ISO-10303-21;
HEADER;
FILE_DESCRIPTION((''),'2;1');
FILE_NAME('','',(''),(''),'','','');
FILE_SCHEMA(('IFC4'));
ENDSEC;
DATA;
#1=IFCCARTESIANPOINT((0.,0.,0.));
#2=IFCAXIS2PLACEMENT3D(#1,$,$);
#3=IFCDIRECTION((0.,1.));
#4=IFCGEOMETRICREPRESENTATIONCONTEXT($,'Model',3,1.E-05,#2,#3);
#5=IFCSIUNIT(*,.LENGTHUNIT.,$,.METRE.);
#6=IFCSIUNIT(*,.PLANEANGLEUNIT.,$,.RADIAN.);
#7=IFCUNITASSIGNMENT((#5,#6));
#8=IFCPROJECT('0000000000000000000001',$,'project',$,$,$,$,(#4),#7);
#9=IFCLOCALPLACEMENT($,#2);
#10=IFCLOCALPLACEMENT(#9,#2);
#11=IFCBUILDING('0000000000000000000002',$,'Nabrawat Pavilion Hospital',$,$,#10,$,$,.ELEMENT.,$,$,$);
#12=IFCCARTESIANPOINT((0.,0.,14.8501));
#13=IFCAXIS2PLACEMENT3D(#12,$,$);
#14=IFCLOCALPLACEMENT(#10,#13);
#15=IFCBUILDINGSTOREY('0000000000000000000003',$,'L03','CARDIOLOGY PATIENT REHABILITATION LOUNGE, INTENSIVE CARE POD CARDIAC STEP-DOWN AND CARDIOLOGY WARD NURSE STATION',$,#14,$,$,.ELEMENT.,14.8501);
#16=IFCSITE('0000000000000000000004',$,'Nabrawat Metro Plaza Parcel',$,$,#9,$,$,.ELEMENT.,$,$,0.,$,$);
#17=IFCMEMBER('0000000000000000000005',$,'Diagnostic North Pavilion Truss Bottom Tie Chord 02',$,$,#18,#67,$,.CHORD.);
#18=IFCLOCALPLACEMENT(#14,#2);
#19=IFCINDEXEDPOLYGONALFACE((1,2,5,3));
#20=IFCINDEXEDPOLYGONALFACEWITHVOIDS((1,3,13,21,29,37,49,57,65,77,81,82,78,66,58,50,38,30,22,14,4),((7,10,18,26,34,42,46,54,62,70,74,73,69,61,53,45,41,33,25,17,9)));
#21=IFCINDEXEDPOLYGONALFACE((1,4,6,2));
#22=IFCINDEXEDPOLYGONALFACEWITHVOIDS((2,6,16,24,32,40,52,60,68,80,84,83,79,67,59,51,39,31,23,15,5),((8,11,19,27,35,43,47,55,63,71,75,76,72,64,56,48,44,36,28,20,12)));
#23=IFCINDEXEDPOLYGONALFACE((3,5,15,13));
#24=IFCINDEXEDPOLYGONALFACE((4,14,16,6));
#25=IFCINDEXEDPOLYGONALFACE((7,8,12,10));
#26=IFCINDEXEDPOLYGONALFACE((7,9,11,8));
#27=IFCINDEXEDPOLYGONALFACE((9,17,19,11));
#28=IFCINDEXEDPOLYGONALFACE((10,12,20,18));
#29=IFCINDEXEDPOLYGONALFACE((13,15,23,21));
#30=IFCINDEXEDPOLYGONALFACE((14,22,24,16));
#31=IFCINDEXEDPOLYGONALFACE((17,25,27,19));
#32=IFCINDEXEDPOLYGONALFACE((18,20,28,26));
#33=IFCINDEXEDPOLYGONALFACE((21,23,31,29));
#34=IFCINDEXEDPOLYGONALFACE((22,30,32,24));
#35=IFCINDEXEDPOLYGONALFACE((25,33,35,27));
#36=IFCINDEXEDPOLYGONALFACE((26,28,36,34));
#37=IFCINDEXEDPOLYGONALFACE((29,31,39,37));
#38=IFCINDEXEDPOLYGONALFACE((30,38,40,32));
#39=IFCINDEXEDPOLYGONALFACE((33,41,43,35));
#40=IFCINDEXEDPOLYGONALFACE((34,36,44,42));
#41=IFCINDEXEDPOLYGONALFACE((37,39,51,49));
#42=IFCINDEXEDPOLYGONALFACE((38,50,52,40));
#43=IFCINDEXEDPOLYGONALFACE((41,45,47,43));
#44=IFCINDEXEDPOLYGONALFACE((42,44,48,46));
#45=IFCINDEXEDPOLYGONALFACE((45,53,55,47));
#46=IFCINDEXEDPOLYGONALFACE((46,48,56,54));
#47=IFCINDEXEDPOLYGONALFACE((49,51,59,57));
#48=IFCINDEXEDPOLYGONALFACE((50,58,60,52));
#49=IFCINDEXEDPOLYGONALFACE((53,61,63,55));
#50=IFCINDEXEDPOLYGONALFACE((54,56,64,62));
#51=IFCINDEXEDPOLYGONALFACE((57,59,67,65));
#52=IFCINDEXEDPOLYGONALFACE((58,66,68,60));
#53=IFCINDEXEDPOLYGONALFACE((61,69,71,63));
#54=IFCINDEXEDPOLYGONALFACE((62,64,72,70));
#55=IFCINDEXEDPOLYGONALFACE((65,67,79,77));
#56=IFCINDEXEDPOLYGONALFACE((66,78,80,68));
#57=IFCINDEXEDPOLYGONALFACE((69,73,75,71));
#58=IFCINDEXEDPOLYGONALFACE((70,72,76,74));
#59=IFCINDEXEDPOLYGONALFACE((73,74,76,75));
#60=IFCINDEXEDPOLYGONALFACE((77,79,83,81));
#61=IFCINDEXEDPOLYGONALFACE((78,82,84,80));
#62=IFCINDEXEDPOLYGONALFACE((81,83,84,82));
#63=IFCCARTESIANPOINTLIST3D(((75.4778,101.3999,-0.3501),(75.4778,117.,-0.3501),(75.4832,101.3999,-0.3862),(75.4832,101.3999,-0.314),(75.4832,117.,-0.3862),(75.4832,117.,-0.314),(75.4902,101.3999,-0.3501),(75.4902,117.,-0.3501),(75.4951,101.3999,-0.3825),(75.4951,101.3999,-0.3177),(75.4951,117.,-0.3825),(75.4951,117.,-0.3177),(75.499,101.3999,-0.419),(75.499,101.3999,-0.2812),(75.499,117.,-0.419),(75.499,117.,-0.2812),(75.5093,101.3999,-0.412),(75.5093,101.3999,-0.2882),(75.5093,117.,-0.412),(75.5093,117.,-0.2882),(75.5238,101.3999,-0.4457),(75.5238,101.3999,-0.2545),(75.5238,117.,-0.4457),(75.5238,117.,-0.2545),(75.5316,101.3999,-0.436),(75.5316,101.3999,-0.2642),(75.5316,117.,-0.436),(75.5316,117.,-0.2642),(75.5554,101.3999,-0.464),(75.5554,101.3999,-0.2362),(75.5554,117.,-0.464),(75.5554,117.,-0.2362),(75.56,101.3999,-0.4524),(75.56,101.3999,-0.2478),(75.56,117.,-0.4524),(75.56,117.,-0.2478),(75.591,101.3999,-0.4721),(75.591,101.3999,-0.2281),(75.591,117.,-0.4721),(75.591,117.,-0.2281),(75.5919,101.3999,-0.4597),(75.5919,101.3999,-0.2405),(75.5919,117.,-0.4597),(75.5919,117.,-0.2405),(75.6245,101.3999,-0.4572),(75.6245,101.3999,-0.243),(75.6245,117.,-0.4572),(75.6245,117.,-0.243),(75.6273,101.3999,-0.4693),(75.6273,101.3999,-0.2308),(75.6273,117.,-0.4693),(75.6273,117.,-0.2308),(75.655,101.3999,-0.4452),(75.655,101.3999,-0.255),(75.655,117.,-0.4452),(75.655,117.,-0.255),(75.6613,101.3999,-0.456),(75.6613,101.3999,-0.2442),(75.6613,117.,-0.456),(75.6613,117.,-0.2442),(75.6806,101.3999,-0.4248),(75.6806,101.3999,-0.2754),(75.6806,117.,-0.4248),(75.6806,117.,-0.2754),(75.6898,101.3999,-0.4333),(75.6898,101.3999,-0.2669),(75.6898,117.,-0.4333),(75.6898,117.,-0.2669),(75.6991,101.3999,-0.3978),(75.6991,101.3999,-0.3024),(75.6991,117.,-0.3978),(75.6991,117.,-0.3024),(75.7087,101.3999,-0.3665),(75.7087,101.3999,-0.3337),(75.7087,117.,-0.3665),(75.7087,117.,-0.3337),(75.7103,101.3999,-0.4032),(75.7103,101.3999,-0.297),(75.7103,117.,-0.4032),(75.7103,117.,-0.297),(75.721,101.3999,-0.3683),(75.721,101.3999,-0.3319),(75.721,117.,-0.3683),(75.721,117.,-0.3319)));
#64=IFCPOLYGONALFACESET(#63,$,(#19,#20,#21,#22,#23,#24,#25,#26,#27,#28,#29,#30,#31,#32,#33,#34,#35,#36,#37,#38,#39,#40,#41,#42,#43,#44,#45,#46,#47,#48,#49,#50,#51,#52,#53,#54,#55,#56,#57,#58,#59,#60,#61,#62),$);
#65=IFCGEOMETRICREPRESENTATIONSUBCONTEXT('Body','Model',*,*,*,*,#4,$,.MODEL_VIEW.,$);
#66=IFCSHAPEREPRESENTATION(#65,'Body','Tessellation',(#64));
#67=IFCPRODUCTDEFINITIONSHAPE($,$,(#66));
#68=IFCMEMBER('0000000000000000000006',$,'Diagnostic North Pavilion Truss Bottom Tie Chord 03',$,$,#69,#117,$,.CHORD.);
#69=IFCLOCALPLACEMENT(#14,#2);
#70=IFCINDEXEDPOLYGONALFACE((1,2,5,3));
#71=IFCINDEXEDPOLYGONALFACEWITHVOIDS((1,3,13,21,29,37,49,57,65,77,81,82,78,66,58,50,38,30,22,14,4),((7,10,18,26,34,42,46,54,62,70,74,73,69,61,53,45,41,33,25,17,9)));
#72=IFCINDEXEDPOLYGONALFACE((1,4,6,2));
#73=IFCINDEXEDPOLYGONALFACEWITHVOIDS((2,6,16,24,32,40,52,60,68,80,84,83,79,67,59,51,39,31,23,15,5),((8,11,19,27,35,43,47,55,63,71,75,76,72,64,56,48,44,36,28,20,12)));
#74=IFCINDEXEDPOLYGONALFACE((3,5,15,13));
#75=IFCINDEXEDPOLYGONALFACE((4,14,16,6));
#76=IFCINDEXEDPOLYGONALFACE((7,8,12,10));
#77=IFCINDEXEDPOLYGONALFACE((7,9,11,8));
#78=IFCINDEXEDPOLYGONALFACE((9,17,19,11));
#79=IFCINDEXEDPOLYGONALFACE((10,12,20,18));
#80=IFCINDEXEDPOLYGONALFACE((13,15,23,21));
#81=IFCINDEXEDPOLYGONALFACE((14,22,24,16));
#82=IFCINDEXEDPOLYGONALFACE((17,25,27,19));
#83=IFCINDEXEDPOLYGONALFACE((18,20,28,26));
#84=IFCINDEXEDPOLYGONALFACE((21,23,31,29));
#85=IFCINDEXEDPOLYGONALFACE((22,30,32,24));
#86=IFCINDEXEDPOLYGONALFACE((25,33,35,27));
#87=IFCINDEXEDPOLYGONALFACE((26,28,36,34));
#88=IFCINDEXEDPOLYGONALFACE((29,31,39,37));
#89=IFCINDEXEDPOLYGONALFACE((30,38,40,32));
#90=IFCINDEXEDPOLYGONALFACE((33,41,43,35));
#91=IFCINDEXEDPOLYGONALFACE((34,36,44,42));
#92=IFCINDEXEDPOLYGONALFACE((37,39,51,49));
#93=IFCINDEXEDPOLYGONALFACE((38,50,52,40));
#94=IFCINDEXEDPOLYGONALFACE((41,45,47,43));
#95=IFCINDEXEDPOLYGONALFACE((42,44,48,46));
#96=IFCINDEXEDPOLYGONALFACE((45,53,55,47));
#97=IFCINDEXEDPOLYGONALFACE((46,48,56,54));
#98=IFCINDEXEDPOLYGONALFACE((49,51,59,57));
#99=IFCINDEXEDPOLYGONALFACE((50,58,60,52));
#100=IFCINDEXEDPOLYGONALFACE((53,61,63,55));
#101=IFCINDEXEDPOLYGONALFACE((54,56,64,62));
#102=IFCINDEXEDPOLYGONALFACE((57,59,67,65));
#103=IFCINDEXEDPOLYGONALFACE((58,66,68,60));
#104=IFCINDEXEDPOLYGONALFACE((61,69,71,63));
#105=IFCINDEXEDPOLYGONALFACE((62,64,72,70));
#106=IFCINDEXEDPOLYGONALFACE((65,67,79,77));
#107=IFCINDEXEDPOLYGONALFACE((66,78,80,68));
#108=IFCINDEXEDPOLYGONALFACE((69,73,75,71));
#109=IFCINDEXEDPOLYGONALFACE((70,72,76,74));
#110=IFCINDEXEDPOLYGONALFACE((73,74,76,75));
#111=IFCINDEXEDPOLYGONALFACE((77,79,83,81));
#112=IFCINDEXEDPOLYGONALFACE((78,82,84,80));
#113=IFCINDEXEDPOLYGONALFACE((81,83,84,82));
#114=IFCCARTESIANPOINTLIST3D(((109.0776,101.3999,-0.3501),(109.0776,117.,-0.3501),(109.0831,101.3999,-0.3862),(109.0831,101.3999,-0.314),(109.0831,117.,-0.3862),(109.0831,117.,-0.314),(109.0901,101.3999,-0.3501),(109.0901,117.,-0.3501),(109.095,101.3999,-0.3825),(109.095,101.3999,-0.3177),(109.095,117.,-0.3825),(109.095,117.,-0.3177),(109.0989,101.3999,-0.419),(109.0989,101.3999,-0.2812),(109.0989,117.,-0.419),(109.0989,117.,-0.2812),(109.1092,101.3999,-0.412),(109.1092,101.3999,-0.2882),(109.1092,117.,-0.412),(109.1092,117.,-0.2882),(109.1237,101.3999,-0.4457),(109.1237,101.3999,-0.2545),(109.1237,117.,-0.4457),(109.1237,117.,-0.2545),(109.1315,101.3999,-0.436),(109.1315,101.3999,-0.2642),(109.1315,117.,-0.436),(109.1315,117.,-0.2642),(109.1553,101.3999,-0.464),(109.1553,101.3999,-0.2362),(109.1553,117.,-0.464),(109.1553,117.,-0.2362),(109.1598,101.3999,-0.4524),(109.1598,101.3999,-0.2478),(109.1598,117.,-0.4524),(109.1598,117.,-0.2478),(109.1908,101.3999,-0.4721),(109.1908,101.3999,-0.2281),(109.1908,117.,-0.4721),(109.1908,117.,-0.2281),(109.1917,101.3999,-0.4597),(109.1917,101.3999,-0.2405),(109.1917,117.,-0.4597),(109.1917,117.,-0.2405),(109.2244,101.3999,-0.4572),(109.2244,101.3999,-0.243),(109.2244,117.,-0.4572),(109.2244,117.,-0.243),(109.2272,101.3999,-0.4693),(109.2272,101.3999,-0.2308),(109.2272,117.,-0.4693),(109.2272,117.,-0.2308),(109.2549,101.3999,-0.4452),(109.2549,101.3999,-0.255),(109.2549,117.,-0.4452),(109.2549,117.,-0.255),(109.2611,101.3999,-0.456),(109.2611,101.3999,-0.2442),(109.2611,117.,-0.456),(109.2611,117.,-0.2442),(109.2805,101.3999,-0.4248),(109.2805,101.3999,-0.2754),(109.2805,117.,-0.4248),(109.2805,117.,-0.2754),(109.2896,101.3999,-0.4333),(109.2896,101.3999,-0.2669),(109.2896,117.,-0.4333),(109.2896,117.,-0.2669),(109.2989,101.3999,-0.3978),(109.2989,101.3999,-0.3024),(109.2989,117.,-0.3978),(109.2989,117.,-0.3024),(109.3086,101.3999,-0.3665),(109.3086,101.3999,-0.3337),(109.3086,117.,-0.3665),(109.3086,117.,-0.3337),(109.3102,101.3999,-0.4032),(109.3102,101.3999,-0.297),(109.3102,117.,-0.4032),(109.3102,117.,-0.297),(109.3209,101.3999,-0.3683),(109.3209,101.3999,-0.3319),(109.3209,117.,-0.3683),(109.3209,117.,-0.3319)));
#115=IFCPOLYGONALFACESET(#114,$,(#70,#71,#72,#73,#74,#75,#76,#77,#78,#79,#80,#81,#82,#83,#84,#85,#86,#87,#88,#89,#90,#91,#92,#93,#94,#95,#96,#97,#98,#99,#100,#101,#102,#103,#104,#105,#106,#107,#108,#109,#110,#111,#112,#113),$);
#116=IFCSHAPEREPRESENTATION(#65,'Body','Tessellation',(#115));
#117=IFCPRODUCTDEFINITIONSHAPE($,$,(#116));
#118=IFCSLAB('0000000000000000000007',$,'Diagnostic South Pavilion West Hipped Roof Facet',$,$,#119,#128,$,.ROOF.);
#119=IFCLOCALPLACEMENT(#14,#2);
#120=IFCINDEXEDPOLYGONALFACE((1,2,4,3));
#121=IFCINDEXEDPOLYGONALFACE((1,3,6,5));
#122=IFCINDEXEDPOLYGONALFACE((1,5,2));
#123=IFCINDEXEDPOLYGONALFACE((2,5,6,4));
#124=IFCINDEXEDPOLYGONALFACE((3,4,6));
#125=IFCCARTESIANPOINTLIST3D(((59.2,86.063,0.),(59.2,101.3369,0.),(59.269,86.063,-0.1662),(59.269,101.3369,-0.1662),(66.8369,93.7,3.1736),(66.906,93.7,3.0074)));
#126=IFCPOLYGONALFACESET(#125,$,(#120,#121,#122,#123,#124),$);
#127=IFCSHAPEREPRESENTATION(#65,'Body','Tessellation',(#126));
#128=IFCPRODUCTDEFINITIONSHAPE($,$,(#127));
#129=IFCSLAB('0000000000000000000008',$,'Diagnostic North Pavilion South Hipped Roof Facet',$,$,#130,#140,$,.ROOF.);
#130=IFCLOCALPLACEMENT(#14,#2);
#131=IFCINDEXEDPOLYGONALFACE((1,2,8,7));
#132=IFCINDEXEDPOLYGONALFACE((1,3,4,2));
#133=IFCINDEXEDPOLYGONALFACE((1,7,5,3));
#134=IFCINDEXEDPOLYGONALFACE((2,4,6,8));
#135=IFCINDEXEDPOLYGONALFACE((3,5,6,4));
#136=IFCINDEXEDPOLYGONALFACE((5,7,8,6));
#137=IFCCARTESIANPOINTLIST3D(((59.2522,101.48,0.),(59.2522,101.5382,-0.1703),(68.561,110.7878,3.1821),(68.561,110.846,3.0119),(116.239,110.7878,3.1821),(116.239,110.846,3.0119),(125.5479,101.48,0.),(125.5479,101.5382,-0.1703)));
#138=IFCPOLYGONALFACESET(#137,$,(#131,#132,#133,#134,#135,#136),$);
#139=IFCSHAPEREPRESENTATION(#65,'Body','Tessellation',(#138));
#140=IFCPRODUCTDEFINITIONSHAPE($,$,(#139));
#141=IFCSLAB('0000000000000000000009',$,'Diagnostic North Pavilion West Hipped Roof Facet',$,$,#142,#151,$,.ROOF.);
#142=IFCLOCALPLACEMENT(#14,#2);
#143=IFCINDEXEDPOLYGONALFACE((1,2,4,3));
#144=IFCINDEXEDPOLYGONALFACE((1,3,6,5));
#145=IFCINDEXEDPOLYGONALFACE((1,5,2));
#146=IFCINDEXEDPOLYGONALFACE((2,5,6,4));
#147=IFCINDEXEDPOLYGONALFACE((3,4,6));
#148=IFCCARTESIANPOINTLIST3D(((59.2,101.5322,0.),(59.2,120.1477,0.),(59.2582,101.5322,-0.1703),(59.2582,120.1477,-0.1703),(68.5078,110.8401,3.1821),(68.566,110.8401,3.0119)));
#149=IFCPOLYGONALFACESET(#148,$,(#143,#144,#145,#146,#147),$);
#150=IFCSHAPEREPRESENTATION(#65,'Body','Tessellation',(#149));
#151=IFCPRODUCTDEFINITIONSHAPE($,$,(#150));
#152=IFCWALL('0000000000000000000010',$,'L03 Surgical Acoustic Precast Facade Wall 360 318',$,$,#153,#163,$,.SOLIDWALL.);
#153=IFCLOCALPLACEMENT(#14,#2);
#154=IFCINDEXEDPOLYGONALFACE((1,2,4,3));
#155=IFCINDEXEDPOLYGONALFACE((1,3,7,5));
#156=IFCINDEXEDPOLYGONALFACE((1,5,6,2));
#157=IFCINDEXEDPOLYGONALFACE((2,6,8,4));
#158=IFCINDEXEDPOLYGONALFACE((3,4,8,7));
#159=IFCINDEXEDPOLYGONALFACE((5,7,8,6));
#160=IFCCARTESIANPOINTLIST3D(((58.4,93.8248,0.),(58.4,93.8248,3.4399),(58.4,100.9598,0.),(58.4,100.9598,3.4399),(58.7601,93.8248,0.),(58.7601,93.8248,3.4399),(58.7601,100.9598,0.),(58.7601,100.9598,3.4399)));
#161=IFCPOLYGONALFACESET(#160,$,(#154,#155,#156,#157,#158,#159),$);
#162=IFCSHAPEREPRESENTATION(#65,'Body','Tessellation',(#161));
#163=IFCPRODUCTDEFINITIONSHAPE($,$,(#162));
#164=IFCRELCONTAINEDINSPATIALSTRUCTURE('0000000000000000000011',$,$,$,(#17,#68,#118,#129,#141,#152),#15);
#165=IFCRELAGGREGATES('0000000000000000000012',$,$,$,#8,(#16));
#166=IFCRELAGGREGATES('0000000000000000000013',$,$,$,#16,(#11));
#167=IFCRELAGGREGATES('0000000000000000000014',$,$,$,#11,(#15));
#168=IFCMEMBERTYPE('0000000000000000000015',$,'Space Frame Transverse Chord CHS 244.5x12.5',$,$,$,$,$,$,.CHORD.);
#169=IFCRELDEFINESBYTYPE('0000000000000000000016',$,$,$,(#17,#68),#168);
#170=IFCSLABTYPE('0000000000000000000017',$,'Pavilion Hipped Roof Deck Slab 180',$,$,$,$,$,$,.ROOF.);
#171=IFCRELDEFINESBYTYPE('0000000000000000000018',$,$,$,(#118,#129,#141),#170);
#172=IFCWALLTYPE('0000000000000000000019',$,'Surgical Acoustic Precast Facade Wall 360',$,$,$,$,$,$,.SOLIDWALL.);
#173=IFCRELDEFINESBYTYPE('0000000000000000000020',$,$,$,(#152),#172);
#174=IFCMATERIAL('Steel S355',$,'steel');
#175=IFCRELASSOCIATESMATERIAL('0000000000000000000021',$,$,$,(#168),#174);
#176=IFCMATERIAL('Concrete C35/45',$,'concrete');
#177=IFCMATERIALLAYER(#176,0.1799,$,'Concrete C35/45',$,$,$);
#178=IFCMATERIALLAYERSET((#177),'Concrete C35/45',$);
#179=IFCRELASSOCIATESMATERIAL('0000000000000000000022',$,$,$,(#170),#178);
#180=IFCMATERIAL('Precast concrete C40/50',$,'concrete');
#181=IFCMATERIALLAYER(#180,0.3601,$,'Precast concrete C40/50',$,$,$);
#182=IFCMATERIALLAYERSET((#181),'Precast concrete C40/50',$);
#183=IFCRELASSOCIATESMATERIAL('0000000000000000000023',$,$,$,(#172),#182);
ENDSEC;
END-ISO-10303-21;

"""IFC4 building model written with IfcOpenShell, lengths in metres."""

from ifc_helpers import new_model, si_unit, direction, frame, frame_2d, origin, origin_2d, place, context, subcontext, project, spatial, polyline, rectangle, hollow_circle, outline, extrude, material, layer, layer_set, material_profile, profile_set, type_object, element, save


model = new_model("IFC4")

# Units and contexts
model_context = context("Model", 3, precision=1e-05, world=origin(), true_north=direction((0.0, 1.0)))
body_context = subcontext(model_context, "Body", "Model", "MODEL_VIEW")
ifc_project = project(units=[si_unit("LENGTHUNIT", "METRE"), si_unit("PLANEANGLEUNIT", "RADIAN")], contexts=[model_context])

# Site, building, storey
site_placement = place(None, origin())
site = spatial("IfcSite", under=ifc_project, at=site_placement, Name="Nabrawat Metro Plaza Parcel", CompositionType="ELEMENT", RefElevation=0.0)
building_placement = place(site_placement, origin())
building = spatial("IfcBuilding", under=site, at=building_placement, Name="Nabrawat Pavilion Hospital", CompositionType="ELEMENT")
storey_placement = place(building_placement, frame((0.0, 0.0, 14.8501)))
storey = spatial("IfcBuildingStorey", under=building, at=storey_placement, Name="L03", Description="CARDIOLOGY PATIENT REHABILITATION LOUNGE, INTENSIVE CARE POD CARDIAC STEP-DOWN AND CARDIOLOGY WARD NURSE STATION", CompositionType="ELEMENT", Elevation=14.8501)

# Shared definitions
ifc_material_1 = material(Name="Steel S355", Category="steel")

# Members
ifc_material_profile_1 = material_profile(ifc_material_1, hollow_circle(Radius=0.1223, WallThickness=0.0125, at=origin_2d()), Name="CHS 244.5x12.5")
ifc_profile_set_1 = profile_set([ifc_material_profile_1], Name="Steel S355")
member_type_1 = type_object("IfcMemberType", Name="Space Frame Transverse Chord CHS 244.5x12.5", PredefinedType="CHORD", material=ifc_profile_set_1)
for number, where, z_axis, x_axis, name in (
    (1, (75.6001, 101.3999, -0.3501), (0.0, 1.0, 0.0), (-1.0, 0.0, 0.0), "Diagnostic North Pavilion Truss Bottom Tie Chord 02"),
    (2, (109.2, 101.3999, -0.3501), (0.0, 1.0, 0.0), (-1.0, 0.0, 0.0), "Diagnostic North Pavilion Truss Bottom Tie Chord 03"),
):
    element("IfcMember", number, at=place(storey_placement, frame(where, z_axis=z_axis, x_axis=x_axis)), inside=storey, type_object=member_type_1, Name=name, PredefinedType="CHORD", context=body_context, shape_type="SweptSolid", body=[
        extrude(hollow_circle(Radius=0.1223, WallThickness=0.0125, at=origin_2d()), origin(), (0.0, 0.0, 1.0), 15.6001),
    ])

# Slabs
ifc_material_2 = material(Name="Concrete C35/45", Category="concrete")
ifc_layer_1 = layer(ifc_material_2, 0.1799, Name="Concrete C35/45")
ifc_layer_set_1 = layer_set([ifc_layer_1], Name="Concrete C35/45")
slab_type = type_object("IfcSlabType", Name="Pavilion Hipped Roof Deck Slab 180", PredefinedType="ROOF", material=ifc_layer_set_1)
slab_1_placement = place(storey_placement, frame((59.2, 101.3369, 0.0), z_axis=(-0.383741, 0.0, 0.923441), x_axis=(0.0, -1.0, 0.0)))
element("IfcSlab", 3, at=slab_1_placement, inside=storey, type_object=slab_type, Name="Diagnostic South Pavilion West Hipped Roof Facet", PredefinedType="ROOF", context=body_context, shape_type="SweptSolid", body=[
    extrude(outline(polyline([(0.0, 0.0), (15.2739, 0.0), (7.637, 8.2701), (0.0, 0.0)])), origin(), (0.0, 0.0, -1.0), 0.1799),
])
slab_2_placement = place(storey_placement, frame((59.2522, 101.48, 0.0), z_axis=(0.0, -0.323493, 0.946231), x_axis=(1.0, 0.0, 0.0)))
element("IfcSlab", 4, at=slab_2_placement, inside=storey, type_object=slab_type, Name="Diagnostic North Pavilion South Hipped Roof Facet", PredefinedType="ROOF", context=body_context, shape_type="SweptSolid", body=[
    extrude(outline(polyline([(0.0, 0.0), (66.2957, 0.0), (56.9868, 9.8368), (9.3088, 9.8368), (0.0, 0.0)])), origin(), (0.0, 0.0, -1.0), 0.1799),
])
slab_3_placement = place(storey_placement, frame((59.2, 120.1477, 0.0), z_axis=(-0.323493, 0.0, 0.946231), x_axis=(0.0, -1.0, 0.0)))
element("IfcSlab", 5, at=slab_3_placement, inside=storey, type_object=slab_type, Name="Diagnostic North Pavilion West Hipped Roof Facet", PredefinedType="ROOF", context=body_context, shape_type="SweptSolid", body=[
    extrude(outline(polyline([(0.0, 0.0), (18.6155, 0.0), (9.3076, 9.8368), (0.0, 0.0)])), origin(), (0.0, 0.0, -1.0), 0.1799),
])

# Wall
ifc_material_3 = material(Name="Precast concrete C40/50", Category="concrete")
ifc_layer_2 = layer(ifc_material_3, 0.3601, Name="Precast concrete C40/50")
ifc_layer_set_2 = layer_set([ifc_layer_2], Name="Precast concrete C40/50")
wall_type = type_object("IfcWallType", Name="Surgical Acoustic Precast Facade Wall 360", PredefinedType="SOLIDWALL", material=ifc_layer_set_2)
wall_placement = place(storey_placement, frame((58.5801, 93.825, 0.0), z_axis=(0.0, 0.0, 1.0), x_axis=(0.0, 1.0, 0.0)))
element("IfcWall", 6, at=wall_placement, inside=storey, type_object=wall_type, Name="L03 Surgical Acoustic Precast Facade Wall 360 318", PredefinedType="SOLIDWALL", context=body_context, shape_type="SweptSolid", body=[
    extrude(rectangle(XDim=7.135, YDim=0.3601, at=frame_2d((3.5674, 0.0))), origin(), (0.0, 0.0, 1.0), 3.4399),
])

save(model, "model.ifc")
